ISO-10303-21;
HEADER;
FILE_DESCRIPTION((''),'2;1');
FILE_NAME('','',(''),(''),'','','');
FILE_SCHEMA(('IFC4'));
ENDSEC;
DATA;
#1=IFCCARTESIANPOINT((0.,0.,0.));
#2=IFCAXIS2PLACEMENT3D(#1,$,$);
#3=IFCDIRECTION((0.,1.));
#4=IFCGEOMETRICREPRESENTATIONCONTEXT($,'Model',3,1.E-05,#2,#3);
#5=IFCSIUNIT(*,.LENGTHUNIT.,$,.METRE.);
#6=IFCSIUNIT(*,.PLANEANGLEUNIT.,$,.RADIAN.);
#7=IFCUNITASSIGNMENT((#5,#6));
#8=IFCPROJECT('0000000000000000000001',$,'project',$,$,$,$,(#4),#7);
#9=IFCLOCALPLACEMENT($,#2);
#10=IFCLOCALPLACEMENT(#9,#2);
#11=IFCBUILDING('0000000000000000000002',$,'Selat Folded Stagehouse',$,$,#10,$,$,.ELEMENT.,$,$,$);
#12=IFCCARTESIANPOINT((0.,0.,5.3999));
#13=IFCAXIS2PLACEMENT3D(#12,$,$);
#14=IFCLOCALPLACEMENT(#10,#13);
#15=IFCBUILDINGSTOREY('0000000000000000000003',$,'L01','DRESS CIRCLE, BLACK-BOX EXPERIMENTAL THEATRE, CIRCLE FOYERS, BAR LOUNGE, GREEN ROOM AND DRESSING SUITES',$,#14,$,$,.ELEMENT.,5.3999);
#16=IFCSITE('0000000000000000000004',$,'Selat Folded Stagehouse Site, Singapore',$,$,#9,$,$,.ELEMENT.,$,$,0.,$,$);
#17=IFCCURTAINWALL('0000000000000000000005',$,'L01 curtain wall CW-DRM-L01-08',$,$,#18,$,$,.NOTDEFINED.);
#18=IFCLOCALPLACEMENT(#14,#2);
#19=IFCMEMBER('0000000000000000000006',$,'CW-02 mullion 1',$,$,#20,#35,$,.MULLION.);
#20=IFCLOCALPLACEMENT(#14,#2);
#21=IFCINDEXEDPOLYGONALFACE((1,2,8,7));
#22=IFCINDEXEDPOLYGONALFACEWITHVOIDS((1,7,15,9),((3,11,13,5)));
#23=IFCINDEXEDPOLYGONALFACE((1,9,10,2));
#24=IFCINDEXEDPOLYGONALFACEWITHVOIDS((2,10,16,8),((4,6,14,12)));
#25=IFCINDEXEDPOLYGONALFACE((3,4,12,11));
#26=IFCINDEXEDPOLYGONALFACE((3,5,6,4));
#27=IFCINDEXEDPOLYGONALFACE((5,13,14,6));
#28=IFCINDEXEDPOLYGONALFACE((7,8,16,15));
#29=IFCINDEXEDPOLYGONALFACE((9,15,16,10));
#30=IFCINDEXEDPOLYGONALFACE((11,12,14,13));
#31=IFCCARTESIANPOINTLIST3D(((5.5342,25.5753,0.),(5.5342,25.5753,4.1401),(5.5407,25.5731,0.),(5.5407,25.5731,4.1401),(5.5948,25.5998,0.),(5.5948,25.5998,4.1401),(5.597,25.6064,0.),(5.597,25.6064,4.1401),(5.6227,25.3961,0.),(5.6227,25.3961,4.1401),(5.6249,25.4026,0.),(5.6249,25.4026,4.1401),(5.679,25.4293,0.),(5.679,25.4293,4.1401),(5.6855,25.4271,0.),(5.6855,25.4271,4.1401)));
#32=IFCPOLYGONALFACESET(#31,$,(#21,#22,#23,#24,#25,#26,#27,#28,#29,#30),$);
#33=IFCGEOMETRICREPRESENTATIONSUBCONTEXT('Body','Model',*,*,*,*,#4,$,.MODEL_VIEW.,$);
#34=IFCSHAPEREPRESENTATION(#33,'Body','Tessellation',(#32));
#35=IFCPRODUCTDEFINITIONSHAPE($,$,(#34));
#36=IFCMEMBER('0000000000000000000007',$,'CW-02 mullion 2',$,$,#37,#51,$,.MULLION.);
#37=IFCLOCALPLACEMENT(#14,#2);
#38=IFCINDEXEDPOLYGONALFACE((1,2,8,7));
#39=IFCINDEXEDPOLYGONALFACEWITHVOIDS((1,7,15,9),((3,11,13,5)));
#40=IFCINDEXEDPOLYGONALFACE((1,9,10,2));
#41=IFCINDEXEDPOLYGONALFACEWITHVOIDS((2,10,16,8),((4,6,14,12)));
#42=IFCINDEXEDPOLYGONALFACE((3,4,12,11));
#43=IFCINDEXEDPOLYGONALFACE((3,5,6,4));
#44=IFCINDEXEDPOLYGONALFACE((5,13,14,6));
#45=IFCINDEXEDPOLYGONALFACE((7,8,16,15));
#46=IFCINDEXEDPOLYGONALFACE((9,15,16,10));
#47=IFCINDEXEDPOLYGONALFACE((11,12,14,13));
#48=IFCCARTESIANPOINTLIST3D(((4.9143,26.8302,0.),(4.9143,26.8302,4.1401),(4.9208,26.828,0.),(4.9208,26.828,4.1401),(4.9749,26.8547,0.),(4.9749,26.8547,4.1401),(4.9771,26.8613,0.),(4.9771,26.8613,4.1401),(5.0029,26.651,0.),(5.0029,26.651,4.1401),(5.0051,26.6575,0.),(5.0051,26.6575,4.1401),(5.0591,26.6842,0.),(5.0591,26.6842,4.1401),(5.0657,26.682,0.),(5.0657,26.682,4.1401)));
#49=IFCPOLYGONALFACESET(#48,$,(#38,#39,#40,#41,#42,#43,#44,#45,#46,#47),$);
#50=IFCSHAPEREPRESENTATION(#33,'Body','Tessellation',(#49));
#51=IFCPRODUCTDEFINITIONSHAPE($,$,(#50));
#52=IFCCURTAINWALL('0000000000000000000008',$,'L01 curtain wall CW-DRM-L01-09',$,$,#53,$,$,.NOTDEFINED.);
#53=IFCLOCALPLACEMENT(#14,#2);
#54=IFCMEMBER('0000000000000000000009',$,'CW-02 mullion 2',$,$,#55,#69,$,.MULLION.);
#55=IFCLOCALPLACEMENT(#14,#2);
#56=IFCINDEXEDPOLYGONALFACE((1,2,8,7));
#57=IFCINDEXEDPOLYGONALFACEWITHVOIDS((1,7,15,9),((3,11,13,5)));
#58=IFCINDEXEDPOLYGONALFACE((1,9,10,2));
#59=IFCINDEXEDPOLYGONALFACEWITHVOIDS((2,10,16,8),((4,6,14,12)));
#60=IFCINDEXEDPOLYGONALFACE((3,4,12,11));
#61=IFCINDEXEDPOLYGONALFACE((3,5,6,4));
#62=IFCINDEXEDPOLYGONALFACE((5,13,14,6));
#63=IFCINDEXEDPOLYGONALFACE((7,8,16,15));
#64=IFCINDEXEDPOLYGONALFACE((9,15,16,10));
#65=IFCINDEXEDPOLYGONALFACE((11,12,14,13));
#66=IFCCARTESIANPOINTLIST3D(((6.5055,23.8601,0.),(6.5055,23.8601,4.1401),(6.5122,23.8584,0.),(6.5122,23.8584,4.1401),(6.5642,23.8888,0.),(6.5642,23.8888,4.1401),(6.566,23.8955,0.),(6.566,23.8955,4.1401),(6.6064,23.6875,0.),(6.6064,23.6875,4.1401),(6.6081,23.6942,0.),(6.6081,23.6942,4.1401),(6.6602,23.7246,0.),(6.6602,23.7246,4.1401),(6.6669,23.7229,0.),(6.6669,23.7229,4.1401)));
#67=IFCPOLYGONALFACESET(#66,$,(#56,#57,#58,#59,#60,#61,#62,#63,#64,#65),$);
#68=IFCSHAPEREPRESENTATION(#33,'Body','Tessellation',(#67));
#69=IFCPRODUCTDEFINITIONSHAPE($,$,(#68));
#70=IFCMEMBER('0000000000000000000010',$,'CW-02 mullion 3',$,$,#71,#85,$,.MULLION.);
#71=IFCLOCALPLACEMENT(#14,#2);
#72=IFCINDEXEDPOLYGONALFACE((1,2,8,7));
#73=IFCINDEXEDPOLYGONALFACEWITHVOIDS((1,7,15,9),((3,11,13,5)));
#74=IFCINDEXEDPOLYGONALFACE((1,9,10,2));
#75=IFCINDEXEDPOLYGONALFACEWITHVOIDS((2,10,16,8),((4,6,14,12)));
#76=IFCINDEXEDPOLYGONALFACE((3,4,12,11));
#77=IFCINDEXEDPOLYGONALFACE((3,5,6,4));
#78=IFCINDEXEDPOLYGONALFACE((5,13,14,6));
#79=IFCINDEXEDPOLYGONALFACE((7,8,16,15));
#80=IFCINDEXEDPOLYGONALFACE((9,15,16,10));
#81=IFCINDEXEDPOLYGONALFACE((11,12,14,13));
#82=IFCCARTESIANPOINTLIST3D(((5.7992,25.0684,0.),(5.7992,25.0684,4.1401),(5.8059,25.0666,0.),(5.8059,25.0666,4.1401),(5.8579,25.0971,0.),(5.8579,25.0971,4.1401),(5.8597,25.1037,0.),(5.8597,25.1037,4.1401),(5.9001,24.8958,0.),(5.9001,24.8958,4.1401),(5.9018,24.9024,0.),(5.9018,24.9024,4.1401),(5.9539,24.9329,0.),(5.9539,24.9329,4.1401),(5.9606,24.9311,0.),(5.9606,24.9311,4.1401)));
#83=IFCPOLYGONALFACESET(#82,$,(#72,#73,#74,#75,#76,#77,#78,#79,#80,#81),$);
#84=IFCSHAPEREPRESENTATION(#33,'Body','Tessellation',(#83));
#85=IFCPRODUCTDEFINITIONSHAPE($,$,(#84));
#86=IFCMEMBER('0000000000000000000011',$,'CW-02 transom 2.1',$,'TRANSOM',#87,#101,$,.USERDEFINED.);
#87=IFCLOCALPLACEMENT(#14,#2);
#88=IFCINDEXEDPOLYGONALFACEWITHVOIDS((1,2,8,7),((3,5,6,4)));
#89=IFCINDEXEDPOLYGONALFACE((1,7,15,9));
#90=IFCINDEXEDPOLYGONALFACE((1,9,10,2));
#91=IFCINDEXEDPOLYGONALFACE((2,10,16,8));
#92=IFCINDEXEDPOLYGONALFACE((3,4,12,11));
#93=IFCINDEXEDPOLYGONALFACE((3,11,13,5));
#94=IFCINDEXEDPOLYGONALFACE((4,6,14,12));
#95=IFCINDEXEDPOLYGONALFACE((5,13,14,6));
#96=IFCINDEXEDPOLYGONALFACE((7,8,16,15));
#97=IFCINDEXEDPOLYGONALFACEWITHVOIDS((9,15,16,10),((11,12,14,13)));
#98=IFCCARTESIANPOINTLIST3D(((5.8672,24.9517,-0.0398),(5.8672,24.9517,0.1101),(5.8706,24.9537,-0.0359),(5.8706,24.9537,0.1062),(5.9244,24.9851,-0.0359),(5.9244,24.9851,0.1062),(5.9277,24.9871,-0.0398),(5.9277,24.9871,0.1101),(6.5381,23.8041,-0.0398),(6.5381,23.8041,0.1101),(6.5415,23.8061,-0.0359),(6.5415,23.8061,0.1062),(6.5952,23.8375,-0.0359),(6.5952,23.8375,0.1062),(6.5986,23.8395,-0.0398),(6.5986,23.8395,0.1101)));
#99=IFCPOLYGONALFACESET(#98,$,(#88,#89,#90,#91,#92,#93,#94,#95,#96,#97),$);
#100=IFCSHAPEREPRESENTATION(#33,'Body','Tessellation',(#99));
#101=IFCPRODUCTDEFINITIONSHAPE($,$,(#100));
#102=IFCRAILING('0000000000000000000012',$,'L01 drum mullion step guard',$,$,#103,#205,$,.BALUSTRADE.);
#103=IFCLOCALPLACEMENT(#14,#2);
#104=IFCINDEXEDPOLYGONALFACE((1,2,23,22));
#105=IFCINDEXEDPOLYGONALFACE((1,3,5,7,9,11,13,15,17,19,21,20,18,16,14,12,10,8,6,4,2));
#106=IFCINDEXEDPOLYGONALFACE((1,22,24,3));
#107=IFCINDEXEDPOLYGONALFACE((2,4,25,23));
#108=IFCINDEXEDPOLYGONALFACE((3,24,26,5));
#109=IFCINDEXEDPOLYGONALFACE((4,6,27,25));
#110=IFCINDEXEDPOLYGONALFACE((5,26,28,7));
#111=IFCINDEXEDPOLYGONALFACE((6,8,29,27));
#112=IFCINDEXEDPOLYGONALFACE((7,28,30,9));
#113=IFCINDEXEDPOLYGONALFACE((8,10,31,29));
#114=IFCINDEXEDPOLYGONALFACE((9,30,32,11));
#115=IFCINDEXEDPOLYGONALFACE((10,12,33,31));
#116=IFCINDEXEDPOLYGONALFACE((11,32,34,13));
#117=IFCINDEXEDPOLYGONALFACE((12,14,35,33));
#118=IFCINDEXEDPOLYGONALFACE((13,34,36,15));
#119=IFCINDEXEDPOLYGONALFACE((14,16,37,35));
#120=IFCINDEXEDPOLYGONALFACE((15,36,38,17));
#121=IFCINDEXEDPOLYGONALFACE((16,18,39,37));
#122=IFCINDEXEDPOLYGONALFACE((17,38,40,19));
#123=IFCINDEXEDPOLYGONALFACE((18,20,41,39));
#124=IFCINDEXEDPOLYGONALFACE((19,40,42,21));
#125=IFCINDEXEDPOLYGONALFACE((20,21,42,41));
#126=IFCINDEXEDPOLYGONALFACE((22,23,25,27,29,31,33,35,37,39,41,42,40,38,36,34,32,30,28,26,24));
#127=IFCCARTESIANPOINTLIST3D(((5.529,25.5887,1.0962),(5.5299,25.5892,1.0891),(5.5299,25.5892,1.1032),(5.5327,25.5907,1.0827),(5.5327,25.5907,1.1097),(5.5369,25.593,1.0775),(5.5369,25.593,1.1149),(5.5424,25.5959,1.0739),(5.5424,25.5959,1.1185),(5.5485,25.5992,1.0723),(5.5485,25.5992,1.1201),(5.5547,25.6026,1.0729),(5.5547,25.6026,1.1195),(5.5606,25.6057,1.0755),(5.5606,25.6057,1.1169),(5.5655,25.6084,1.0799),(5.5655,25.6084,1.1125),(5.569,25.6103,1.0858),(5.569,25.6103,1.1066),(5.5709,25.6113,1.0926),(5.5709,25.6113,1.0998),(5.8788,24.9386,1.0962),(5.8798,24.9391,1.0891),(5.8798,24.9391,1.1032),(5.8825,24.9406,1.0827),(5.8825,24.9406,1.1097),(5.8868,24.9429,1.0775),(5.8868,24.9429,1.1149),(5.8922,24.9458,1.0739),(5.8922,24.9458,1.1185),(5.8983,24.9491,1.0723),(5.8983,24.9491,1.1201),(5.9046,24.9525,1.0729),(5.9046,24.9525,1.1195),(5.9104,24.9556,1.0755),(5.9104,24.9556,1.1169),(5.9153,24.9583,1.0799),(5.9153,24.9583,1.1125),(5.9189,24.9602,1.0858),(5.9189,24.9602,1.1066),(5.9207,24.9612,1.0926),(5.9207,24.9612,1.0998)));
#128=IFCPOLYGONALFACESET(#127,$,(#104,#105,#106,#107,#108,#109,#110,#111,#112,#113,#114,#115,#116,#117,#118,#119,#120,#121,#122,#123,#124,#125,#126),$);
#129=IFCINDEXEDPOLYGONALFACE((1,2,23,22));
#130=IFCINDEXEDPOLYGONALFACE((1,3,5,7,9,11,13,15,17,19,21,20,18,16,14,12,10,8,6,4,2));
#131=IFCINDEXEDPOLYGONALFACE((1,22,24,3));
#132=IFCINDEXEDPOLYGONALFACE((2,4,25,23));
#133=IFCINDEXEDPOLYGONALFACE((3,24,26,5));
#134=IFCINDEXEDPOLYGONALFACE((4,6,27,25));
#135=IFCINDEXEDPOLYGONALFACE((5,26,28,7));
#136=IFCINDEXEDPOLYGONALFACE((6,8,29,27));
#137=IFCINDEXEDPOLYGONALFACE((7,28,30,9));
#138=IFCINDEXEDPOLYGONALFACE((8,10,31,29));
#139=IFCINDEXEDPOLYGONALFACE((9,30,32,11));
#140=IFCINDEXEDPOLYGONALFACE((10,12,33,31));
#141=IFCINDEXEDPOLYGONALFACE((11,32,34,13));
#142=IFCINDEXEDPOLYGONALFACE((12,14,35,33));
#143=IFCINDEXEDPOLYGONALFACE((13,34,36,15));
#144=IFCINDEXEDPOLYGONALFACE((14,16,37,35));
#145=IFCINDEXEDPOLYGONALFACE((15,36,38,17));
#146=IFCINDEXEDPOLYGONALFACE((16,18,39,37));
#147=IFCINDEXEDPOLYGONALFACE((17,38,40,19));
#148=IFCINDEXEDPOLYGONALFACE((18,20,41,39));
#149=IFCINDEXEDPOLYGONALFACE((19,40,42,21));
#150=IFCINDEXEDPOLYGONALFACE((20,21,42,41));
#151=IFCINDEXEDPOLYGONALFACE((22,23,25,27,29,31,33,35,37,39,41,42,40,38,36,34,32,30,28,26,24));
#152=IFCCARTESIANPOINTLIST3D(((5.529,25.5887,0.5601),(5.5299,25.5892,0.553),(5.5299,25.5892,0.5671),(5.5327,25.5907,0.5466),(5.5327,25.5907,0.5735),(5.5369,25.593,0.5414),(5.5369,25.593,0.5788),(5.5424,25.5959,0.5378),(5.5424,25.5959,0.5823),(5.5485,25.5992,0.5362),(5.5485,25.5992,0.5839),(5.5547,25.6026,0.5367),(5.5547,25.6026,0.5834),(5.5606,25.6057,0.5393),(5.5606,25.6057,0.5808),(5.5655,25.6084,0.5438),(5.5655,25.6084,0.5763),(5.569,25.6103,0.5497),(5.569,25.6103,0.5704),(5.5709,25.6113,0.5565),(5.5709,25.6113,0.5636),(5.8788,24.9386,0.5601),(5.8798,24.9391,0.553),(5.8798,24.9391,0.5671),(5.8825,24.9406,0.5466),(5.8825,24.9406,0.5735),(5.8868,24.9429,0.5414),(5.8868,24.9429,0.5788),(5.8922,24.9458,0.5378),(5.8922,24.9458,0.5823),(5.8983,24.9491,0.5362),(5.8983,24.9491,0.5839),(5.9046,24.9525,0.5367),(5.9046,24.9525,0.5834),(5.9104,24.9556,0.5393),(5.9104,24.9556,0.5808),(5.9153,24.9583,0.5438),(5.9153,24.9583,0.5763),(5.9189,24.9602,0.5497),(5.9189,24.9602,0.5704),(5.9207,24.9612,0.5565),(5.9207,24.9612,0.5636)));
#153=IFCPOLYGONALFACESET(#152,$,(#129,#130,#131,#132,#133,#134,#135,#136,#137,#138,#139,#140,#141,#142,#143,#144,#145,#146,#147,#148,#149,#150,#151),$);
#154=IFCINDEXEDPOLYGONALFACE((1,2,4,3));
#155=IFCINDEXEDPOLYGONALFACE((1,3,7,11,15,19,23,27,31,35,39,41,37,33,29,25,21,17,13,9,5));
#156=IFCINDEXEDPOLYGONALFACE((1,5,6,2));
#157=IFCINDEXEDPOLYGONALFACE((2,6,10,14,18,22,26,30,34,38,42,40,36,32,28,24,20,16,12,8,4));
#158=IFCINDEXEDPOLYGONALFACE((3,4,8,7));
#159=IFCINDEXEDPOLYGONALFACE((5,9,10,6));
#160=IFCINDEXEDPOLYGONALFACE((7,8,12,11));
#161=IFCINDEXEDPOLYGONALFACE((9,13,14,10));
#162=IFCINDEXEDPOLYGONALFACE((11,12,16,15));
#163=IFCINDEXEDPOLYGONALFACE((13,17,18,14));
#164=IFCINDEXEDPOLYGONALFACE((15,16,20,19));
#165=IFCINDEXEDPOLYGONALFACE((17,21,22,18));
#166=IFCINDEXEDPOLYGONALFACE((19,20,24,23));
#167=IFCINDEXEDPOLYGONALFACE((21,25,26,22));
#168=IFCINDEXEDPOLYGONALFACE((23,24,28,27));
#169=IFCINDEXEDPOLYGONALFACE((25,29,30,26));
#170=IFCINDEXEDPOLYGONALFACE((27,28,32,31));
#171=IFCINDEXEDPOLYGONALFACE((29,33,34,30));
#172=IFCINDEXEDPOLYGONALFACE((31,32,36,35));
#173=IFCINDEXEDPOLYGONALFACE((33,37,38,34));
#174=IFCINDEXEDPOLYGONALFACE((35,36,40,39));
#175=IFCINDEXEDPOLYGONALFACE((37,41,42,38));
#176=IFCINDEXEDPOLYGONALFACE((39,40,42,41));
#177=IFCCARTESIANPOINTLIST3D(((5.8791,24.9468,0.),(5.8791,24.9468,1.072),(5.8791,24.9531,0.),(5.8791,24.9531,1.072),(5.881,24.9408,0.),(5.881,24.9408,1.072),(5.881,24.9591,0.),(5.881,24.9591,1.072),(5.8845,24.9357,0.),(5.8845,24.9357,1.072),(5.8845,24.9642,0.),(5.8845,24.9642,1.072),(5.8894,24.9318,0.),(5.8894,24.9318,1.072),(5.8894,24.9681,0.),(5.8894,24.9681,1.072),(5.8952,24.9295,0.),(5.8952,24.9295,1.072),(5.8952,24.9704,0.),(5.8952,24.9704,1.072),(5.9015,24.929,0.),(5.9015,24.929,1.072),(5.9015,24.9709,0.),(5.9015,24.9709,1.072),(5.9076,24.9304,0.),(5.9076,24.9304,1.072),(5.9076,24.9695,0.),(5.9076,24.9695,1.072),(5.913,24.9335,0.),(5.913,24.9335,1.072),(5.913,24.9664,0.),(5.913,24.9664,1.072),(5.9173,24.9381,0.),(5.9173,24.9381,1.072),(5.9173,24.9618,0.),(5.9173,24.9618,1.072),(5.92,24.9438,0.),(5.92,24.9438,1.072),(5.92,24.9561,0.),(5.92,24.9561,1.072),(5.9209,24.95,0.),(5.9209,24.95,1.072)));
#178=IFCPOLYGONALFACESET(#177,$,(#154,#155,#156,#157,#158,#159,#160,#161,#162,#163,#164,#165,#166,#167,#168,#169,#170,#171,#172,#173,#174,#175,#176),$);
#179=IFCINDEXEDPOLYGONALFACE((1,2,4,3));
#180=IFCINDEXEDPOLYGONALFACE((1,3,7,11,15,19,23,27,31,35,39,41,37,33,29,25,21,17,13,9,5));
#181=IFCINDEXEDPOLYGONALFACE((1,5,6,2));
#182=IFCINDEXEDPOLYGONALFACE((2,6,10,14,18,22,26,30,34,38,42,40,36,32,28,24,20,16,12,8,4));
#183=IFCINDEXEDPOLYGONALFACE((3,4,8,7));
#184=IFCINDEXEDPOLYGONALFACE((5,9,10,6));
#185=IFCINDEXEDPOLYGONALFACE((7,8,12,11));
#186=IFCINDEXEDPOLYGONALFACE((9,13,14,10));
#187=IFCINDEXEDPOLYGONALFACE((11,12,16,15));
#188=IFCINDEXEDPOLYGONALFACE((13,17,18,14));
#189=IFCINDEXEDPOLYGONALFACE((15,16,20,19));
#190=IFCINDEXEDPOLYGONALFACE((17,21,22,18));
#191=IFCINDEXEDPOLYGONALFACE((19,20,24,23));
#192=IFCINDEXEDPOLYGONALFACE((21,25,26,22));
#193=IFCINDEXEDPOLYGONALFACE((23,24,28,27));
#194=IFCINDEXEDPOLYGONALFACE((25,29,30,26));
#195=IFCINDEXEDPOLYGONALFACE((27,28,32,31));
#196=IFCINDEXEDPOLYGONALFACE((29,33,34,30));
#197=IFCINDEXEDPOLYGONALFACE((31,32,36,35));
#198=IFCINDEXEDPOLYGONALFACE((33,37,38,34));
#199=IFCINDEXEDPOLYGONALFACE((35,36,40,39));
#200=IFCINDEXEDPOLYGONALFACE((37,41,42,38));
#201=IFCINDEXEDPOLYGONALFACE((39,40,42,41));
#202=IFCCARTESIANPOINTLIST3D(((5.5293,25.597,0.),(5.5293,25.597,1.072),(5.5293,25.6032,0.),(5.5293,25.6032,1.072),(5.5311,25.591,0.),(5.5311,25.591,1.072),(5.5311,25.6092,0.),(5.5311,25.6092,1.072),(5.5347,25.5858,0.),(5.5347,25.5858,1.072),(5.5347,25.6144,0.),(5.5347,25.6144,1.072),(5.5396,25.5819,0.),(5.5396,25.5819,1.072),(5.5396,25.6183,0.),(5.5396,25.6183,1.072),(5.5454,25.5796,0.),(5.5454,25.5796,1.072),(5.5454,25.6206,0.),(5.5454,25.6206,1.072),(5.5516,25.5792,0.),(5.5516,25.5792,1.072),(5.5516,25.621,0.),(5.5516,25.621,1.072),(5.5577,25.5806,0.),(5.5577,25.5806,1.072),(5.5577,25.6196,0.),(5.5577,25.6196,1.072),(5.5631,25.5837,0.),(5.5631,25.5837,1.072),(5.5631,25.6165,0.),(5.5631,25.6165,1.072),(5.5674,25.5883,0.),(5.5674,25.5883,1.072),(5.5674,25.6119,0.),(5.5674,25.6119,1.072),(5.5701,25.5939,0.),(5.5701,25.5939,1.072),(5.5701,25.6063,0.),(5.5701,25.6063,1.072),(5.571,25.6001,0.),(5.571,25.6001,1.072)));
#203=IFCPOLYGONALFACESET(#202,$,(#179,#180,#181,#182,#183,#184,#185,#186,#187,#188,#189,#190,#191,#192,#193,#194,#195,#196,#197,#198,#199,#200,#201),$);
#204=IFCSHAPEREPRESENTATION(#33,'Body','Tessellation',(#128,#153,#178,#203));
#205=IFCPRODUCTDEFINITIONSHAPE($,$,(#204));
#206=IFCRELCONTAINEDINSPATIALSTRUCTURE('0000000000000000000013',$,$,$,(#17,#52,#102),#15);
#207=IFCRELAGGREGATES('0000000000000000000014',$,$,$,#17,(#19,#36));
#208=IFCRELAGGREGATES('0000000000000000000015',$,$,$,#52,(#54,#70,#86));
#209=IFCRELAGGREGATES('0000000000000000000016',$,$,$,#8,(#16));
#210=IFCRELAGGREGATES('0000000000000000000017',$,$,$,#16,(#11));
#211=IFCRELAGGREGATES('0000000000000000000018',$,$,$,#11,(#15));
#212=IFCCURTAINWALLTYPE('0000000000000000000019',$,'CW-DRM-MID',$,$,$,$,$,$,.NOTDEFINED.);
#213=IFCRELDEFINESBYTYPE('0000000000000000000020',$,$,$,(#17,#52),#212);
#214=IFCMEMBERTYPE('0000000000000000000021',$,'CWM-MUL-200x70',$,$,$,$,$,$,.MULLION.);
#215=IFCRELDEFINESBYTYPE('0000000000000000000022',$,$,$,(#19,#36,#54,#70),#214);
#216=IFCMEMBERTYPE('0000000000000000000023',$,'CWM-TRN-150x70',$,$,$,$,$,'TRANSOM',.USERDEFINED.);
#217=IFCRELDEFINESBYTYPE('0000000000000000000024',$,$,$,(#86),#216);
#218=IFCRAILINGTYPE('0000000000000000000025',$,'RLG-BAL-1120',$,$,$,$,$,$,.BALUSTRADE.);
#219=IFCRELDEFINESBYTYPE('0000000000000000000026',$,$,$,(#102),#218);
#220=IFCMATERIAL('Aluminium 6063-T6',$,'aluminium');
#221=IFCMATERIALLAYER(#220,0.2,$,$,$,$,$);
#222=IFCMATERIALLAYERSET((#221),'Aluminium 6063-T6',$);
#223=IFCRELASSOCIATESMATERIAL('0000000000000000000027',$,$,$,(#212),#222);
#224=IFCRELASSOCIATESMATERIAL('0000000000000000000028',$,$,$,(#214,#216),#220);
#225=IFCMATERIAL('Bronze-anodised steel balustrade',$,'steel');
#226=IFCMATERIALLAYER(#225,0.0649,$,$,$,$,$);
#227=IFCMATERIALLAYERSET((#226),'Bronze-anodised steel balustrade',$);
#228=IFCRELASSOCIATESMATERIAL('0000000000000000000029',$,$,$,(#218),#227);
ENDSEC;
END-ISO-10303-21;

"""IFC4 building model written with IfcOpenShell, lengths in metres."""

from ifc_helpers import new_model, si_unit, direction, frame, origin, origin_2d, place, context, subcontext, project, spatial, hollow_rectangle, circle, extrude, material, layer, layer_set, material_profile, profile_set, type_object, element, aggregate, save


model = new_model("IFC4")

# Units and contexts
model_context = context("Model", 3, precision=1e-05, world=origin(), true_north=direction((0.0, 1.0)))
body_context = subcontext(model_context, "Body", "Model", "MODEL_VIEW")
ifc_project = project(units=[si_unit("LENGTHUNIT", "METRE"), si_unit("PLANEANGLEUNIT", "RADIAN")], contexts=[model_context])

# Site, building, storey
site_placement = place(None, origin())
site = spatial("IfcSite", under=ifc_project, at=site_placement, Name="Selat Folded Stagehouse Site, Singapore", CompositionType="ELEMENT", RefElevation=0.0)
building_placement = place(site_placement, origin())
building = spatial("IfcBuilding", under=site, at=building_placement, Name="Selat Folded Stagehouse", CompositionType="ELEMENT")
storey_placement = place(building_placement, frame((0.0, 0.0, 5.3999)))
storey = spatial("IfcBuildingStorey", under=building, at=storey_placement, Name="L01", Description="DRESS CIRCLE, BLACK-BOX EXPERIMENTAL THEATRE, CIRCLE FOYERS, BAR LOUNGE, GREEN ROOM AND DRESSING SUITES", CompositionType="ELEMENT", Elevation=5.3999)

# Curtain walls, members
ifc_material_1 = material(Name="Aluminium 6063-T6", Category="aluminium")
ifc_layer_1 = layer(ifc_material_1, 0.2)
ifc_layer_set_1 = layer_set([ifc_layer_1], Name="Aluminium 6063-T6")
curtain_wall_type = type_object("IfcCurtainWallType", Name="CW-DRM-MID", PredefinedType="NOTDEFINED", material=ifc_layer_set_1)
curtain_wall_1_placement = place(storey_placement, origin())
curtain_wall_1 = element("IfcCurtainWall", 1, at=curtain_wall_1_placement, inside=storey, type_object=curtain_wall_type, Name="L01 curtain wall CW-DRM-L01-08", PredefinedType="NOTDEFINED")
ifc_material_profile_1 = material_profile(ifc_material_1, hollow_rectangle(XDim=0.0701, YDim=0.2, WallThickness=0.0049, at=origin_2d()), Name="ALU 200x70x5.0")
ifc_profile_set_1 = profile_set([ifc_material_profile_1], Name="Aluminium 6063-T6")
member_type_1 = type_object("IfcMemberType", Name="CWM-MUL-200x70", PredefinedType="MULLION", material=ifc_profile_set_1)
member_1_placement = place(storey_placement, frame((5.6099, 25.5012, 0.0), z_axis=(0.0, 0.0, 1.0), x_axis=(-0.896598, -0.442845, 0.0)))
member_1 = element("IfcMember", 2, at=member_1_placement, type_object=member_type_1, Name="CW-02 mullion 1", PredefinedType="MULLION", context=body_context, shape_type="SweptSolid", body=[
    extrude(hollow_rectangle(XDim=0.0701, YDim=0.2, WallThickness=0.0049, at=origin_2d()), origin(), (0.0, 0.0, 1.0), 4.1401),
])
member_2_placement = place(storey_placement, frame((4.99, 26.7561, 0.0), z_axis=(0.0, 0.0, 1.0), x_axis=(-0.896598, -0.442845, 0.0)))
member_2 = element("IfcMember", 3, at=member_2_placement, type_object=member_type_1, Name="CW-02 mullion 2", PredefinedType="MULLION", context=body_context, shape_type="SweptSolid", body=[
    extrude(hollow_rectangle(XDim=0.0701, YDim=0.2, WallThickness=0.0049, at=origin_2d()), origin(), (0.0, 0.0, 1.0), 4.1401),
])
aggregate(curtain_wall_1, [member_1, member_2])
curtain_wall_2_placement = place(storey_placement, origin())
curtain_wall_2 = element("IfcCurtainWall", 4, at=curtain_wall_2_placement, inside=storey, type_object=curtain_wall_type, Name="L01 curtain wall CW-DRM-L01-09", PredefinedType="NOTDEFINED")
member_3_placement = place(storey_placement, frame((6.5862, 23.7915, 0.0), z_axis=(0.0, 0.0, 1.0), x_axis=(-0.863332, -0.504636, 0.0)))
member_3 = element("IfcMember", 5, at=member_3_placement, type_object=member_type_1, Name="CW-02 mullion 2", PredefinedType="MULLION", context=body_context, shape_type="SweptSolid", body=[
    extrude(hollow_rectangle(XDim=0.0701, YDim=0.2, WallThickness=0.0049, at=origin_2d()), origin(), (0.0, 0.0, 1.0), 4.1401),
])
member_4_placement = place(storey_placement, frame((5.8799, 24.9998, 0.0), z_axis=(0.0, 0.0, 1.0), x_axis=(-0.863332, -0.504636, 0.0)))
member_4 = element("IfcMember", 6, at=member_4_placement, type_object=member_type_1, Name="CW-02 mullion 3", PredefinedType="MULLION", context=body_context, shape_type="SweptSolid", body=[
    extrude(hollow_rectangle(XDim=0.0701, YDim=0.2, WallThickness=0.0049, at=origin_2d()), origin(), (0.0, 0.0, 1.0), 4.1401),
])
ifc_material_profile_2 = material_profile(ifc_material_1, hollow_rectangle(XDim=0.0701, YDim=0.1499, WallThickness=0.0039, at=origin_2d()), Name="ALU 150x70x4.0")
ifc_profile_set_2 = profile_set([ifc_material_profile_2], Name="Aluminium 6063-T6")
member_type_2 = type_object("IfcMemberType", Name="CWM-TRN-150x70", ElementType="TRANSOM", PredefinedType="USERDEFINED", material=ifc_profile_set_2)
member_5_placement = place(storey_placement, frame((6.5684, 23.8218, 0.0352), z_axis=(-0.504659, 0.863319, 0.0), x_axis=(-0.863319, -0.504659, 0.0)))
member_5 = element("IfcMember", 7, at=member_5_placement, type_object=member_type_2, Name="CW-02 transom 2.1", ObjectType="TRANSOM", PredefinedType="USERDEFINED", context=body_context, shape_type="SweptSolid", body=[
    extrude(hollow_rectangle(XDim=0.0701, YDim=0.1499, WallThickness=0.0039, at=origin_2d()), origin(), (0.0, 0.0, 1.0), 1.3293),
])
aggregate(curtain_wall_2, [member_3, member_4, member_5])

# Railing
ifc_material_2 = material(Name="Bronze-anodised steel balustrade", Category="steel")
ifc_layer_2 = layer(ifc_material_2, 0.0649)
ifc_layer_set_2 = layer_set([ifc_layer_2], Name="Bronze-anodised steel balustrade")
railing_type = type_object("IfcRailingType", Name="RLG-BAL-1120", PredefinedType="BALUSTRADE", material=ifc_layer_set_2)
railing_placement = place(storey_placement, frame((5.8999, 24.95, 0.0)))
element("IfcRailing", 8, at=railing_placement, inside=storey, type_object=railing_type, Name="L01 drum mullion step guard", PredefinedType="BALUSTRADE", context=body_context, shape_type="SweptSolid", body=[
    extrude(circle(Radius=0.0239, at=origin_2d()), frame((0.0, 0.0, 1.0962), z_axis=(-0.473863, 0.880598, 0.0), x_axis=(-0.880598, -0.473863, 0.0)), (0.0, 0.0, 1.0), 0.7383),
    extrude(circle(Radius=0.0239, at=origin_2d()), frame((0.0, 0.0, 0.5601), z_axis=(-0.473863, 0.880598, 0.0), x_axis=(-0.880598, -0.473863, 0.0)), (0.0, 0.0, 1.0), 0.7383),
    extrude(circle(Radius=0.021, at=origin_2d()), origin(), (0.0, 0.0, 1.0), 1.072),
    extrude(circle(Radius=0.021, at=origin_2d()), frame((-0.3499, 0.6501, 0.0)), (0.0, 0.0, 1.0), 1.072),
])

save(model, "model.ifc")
